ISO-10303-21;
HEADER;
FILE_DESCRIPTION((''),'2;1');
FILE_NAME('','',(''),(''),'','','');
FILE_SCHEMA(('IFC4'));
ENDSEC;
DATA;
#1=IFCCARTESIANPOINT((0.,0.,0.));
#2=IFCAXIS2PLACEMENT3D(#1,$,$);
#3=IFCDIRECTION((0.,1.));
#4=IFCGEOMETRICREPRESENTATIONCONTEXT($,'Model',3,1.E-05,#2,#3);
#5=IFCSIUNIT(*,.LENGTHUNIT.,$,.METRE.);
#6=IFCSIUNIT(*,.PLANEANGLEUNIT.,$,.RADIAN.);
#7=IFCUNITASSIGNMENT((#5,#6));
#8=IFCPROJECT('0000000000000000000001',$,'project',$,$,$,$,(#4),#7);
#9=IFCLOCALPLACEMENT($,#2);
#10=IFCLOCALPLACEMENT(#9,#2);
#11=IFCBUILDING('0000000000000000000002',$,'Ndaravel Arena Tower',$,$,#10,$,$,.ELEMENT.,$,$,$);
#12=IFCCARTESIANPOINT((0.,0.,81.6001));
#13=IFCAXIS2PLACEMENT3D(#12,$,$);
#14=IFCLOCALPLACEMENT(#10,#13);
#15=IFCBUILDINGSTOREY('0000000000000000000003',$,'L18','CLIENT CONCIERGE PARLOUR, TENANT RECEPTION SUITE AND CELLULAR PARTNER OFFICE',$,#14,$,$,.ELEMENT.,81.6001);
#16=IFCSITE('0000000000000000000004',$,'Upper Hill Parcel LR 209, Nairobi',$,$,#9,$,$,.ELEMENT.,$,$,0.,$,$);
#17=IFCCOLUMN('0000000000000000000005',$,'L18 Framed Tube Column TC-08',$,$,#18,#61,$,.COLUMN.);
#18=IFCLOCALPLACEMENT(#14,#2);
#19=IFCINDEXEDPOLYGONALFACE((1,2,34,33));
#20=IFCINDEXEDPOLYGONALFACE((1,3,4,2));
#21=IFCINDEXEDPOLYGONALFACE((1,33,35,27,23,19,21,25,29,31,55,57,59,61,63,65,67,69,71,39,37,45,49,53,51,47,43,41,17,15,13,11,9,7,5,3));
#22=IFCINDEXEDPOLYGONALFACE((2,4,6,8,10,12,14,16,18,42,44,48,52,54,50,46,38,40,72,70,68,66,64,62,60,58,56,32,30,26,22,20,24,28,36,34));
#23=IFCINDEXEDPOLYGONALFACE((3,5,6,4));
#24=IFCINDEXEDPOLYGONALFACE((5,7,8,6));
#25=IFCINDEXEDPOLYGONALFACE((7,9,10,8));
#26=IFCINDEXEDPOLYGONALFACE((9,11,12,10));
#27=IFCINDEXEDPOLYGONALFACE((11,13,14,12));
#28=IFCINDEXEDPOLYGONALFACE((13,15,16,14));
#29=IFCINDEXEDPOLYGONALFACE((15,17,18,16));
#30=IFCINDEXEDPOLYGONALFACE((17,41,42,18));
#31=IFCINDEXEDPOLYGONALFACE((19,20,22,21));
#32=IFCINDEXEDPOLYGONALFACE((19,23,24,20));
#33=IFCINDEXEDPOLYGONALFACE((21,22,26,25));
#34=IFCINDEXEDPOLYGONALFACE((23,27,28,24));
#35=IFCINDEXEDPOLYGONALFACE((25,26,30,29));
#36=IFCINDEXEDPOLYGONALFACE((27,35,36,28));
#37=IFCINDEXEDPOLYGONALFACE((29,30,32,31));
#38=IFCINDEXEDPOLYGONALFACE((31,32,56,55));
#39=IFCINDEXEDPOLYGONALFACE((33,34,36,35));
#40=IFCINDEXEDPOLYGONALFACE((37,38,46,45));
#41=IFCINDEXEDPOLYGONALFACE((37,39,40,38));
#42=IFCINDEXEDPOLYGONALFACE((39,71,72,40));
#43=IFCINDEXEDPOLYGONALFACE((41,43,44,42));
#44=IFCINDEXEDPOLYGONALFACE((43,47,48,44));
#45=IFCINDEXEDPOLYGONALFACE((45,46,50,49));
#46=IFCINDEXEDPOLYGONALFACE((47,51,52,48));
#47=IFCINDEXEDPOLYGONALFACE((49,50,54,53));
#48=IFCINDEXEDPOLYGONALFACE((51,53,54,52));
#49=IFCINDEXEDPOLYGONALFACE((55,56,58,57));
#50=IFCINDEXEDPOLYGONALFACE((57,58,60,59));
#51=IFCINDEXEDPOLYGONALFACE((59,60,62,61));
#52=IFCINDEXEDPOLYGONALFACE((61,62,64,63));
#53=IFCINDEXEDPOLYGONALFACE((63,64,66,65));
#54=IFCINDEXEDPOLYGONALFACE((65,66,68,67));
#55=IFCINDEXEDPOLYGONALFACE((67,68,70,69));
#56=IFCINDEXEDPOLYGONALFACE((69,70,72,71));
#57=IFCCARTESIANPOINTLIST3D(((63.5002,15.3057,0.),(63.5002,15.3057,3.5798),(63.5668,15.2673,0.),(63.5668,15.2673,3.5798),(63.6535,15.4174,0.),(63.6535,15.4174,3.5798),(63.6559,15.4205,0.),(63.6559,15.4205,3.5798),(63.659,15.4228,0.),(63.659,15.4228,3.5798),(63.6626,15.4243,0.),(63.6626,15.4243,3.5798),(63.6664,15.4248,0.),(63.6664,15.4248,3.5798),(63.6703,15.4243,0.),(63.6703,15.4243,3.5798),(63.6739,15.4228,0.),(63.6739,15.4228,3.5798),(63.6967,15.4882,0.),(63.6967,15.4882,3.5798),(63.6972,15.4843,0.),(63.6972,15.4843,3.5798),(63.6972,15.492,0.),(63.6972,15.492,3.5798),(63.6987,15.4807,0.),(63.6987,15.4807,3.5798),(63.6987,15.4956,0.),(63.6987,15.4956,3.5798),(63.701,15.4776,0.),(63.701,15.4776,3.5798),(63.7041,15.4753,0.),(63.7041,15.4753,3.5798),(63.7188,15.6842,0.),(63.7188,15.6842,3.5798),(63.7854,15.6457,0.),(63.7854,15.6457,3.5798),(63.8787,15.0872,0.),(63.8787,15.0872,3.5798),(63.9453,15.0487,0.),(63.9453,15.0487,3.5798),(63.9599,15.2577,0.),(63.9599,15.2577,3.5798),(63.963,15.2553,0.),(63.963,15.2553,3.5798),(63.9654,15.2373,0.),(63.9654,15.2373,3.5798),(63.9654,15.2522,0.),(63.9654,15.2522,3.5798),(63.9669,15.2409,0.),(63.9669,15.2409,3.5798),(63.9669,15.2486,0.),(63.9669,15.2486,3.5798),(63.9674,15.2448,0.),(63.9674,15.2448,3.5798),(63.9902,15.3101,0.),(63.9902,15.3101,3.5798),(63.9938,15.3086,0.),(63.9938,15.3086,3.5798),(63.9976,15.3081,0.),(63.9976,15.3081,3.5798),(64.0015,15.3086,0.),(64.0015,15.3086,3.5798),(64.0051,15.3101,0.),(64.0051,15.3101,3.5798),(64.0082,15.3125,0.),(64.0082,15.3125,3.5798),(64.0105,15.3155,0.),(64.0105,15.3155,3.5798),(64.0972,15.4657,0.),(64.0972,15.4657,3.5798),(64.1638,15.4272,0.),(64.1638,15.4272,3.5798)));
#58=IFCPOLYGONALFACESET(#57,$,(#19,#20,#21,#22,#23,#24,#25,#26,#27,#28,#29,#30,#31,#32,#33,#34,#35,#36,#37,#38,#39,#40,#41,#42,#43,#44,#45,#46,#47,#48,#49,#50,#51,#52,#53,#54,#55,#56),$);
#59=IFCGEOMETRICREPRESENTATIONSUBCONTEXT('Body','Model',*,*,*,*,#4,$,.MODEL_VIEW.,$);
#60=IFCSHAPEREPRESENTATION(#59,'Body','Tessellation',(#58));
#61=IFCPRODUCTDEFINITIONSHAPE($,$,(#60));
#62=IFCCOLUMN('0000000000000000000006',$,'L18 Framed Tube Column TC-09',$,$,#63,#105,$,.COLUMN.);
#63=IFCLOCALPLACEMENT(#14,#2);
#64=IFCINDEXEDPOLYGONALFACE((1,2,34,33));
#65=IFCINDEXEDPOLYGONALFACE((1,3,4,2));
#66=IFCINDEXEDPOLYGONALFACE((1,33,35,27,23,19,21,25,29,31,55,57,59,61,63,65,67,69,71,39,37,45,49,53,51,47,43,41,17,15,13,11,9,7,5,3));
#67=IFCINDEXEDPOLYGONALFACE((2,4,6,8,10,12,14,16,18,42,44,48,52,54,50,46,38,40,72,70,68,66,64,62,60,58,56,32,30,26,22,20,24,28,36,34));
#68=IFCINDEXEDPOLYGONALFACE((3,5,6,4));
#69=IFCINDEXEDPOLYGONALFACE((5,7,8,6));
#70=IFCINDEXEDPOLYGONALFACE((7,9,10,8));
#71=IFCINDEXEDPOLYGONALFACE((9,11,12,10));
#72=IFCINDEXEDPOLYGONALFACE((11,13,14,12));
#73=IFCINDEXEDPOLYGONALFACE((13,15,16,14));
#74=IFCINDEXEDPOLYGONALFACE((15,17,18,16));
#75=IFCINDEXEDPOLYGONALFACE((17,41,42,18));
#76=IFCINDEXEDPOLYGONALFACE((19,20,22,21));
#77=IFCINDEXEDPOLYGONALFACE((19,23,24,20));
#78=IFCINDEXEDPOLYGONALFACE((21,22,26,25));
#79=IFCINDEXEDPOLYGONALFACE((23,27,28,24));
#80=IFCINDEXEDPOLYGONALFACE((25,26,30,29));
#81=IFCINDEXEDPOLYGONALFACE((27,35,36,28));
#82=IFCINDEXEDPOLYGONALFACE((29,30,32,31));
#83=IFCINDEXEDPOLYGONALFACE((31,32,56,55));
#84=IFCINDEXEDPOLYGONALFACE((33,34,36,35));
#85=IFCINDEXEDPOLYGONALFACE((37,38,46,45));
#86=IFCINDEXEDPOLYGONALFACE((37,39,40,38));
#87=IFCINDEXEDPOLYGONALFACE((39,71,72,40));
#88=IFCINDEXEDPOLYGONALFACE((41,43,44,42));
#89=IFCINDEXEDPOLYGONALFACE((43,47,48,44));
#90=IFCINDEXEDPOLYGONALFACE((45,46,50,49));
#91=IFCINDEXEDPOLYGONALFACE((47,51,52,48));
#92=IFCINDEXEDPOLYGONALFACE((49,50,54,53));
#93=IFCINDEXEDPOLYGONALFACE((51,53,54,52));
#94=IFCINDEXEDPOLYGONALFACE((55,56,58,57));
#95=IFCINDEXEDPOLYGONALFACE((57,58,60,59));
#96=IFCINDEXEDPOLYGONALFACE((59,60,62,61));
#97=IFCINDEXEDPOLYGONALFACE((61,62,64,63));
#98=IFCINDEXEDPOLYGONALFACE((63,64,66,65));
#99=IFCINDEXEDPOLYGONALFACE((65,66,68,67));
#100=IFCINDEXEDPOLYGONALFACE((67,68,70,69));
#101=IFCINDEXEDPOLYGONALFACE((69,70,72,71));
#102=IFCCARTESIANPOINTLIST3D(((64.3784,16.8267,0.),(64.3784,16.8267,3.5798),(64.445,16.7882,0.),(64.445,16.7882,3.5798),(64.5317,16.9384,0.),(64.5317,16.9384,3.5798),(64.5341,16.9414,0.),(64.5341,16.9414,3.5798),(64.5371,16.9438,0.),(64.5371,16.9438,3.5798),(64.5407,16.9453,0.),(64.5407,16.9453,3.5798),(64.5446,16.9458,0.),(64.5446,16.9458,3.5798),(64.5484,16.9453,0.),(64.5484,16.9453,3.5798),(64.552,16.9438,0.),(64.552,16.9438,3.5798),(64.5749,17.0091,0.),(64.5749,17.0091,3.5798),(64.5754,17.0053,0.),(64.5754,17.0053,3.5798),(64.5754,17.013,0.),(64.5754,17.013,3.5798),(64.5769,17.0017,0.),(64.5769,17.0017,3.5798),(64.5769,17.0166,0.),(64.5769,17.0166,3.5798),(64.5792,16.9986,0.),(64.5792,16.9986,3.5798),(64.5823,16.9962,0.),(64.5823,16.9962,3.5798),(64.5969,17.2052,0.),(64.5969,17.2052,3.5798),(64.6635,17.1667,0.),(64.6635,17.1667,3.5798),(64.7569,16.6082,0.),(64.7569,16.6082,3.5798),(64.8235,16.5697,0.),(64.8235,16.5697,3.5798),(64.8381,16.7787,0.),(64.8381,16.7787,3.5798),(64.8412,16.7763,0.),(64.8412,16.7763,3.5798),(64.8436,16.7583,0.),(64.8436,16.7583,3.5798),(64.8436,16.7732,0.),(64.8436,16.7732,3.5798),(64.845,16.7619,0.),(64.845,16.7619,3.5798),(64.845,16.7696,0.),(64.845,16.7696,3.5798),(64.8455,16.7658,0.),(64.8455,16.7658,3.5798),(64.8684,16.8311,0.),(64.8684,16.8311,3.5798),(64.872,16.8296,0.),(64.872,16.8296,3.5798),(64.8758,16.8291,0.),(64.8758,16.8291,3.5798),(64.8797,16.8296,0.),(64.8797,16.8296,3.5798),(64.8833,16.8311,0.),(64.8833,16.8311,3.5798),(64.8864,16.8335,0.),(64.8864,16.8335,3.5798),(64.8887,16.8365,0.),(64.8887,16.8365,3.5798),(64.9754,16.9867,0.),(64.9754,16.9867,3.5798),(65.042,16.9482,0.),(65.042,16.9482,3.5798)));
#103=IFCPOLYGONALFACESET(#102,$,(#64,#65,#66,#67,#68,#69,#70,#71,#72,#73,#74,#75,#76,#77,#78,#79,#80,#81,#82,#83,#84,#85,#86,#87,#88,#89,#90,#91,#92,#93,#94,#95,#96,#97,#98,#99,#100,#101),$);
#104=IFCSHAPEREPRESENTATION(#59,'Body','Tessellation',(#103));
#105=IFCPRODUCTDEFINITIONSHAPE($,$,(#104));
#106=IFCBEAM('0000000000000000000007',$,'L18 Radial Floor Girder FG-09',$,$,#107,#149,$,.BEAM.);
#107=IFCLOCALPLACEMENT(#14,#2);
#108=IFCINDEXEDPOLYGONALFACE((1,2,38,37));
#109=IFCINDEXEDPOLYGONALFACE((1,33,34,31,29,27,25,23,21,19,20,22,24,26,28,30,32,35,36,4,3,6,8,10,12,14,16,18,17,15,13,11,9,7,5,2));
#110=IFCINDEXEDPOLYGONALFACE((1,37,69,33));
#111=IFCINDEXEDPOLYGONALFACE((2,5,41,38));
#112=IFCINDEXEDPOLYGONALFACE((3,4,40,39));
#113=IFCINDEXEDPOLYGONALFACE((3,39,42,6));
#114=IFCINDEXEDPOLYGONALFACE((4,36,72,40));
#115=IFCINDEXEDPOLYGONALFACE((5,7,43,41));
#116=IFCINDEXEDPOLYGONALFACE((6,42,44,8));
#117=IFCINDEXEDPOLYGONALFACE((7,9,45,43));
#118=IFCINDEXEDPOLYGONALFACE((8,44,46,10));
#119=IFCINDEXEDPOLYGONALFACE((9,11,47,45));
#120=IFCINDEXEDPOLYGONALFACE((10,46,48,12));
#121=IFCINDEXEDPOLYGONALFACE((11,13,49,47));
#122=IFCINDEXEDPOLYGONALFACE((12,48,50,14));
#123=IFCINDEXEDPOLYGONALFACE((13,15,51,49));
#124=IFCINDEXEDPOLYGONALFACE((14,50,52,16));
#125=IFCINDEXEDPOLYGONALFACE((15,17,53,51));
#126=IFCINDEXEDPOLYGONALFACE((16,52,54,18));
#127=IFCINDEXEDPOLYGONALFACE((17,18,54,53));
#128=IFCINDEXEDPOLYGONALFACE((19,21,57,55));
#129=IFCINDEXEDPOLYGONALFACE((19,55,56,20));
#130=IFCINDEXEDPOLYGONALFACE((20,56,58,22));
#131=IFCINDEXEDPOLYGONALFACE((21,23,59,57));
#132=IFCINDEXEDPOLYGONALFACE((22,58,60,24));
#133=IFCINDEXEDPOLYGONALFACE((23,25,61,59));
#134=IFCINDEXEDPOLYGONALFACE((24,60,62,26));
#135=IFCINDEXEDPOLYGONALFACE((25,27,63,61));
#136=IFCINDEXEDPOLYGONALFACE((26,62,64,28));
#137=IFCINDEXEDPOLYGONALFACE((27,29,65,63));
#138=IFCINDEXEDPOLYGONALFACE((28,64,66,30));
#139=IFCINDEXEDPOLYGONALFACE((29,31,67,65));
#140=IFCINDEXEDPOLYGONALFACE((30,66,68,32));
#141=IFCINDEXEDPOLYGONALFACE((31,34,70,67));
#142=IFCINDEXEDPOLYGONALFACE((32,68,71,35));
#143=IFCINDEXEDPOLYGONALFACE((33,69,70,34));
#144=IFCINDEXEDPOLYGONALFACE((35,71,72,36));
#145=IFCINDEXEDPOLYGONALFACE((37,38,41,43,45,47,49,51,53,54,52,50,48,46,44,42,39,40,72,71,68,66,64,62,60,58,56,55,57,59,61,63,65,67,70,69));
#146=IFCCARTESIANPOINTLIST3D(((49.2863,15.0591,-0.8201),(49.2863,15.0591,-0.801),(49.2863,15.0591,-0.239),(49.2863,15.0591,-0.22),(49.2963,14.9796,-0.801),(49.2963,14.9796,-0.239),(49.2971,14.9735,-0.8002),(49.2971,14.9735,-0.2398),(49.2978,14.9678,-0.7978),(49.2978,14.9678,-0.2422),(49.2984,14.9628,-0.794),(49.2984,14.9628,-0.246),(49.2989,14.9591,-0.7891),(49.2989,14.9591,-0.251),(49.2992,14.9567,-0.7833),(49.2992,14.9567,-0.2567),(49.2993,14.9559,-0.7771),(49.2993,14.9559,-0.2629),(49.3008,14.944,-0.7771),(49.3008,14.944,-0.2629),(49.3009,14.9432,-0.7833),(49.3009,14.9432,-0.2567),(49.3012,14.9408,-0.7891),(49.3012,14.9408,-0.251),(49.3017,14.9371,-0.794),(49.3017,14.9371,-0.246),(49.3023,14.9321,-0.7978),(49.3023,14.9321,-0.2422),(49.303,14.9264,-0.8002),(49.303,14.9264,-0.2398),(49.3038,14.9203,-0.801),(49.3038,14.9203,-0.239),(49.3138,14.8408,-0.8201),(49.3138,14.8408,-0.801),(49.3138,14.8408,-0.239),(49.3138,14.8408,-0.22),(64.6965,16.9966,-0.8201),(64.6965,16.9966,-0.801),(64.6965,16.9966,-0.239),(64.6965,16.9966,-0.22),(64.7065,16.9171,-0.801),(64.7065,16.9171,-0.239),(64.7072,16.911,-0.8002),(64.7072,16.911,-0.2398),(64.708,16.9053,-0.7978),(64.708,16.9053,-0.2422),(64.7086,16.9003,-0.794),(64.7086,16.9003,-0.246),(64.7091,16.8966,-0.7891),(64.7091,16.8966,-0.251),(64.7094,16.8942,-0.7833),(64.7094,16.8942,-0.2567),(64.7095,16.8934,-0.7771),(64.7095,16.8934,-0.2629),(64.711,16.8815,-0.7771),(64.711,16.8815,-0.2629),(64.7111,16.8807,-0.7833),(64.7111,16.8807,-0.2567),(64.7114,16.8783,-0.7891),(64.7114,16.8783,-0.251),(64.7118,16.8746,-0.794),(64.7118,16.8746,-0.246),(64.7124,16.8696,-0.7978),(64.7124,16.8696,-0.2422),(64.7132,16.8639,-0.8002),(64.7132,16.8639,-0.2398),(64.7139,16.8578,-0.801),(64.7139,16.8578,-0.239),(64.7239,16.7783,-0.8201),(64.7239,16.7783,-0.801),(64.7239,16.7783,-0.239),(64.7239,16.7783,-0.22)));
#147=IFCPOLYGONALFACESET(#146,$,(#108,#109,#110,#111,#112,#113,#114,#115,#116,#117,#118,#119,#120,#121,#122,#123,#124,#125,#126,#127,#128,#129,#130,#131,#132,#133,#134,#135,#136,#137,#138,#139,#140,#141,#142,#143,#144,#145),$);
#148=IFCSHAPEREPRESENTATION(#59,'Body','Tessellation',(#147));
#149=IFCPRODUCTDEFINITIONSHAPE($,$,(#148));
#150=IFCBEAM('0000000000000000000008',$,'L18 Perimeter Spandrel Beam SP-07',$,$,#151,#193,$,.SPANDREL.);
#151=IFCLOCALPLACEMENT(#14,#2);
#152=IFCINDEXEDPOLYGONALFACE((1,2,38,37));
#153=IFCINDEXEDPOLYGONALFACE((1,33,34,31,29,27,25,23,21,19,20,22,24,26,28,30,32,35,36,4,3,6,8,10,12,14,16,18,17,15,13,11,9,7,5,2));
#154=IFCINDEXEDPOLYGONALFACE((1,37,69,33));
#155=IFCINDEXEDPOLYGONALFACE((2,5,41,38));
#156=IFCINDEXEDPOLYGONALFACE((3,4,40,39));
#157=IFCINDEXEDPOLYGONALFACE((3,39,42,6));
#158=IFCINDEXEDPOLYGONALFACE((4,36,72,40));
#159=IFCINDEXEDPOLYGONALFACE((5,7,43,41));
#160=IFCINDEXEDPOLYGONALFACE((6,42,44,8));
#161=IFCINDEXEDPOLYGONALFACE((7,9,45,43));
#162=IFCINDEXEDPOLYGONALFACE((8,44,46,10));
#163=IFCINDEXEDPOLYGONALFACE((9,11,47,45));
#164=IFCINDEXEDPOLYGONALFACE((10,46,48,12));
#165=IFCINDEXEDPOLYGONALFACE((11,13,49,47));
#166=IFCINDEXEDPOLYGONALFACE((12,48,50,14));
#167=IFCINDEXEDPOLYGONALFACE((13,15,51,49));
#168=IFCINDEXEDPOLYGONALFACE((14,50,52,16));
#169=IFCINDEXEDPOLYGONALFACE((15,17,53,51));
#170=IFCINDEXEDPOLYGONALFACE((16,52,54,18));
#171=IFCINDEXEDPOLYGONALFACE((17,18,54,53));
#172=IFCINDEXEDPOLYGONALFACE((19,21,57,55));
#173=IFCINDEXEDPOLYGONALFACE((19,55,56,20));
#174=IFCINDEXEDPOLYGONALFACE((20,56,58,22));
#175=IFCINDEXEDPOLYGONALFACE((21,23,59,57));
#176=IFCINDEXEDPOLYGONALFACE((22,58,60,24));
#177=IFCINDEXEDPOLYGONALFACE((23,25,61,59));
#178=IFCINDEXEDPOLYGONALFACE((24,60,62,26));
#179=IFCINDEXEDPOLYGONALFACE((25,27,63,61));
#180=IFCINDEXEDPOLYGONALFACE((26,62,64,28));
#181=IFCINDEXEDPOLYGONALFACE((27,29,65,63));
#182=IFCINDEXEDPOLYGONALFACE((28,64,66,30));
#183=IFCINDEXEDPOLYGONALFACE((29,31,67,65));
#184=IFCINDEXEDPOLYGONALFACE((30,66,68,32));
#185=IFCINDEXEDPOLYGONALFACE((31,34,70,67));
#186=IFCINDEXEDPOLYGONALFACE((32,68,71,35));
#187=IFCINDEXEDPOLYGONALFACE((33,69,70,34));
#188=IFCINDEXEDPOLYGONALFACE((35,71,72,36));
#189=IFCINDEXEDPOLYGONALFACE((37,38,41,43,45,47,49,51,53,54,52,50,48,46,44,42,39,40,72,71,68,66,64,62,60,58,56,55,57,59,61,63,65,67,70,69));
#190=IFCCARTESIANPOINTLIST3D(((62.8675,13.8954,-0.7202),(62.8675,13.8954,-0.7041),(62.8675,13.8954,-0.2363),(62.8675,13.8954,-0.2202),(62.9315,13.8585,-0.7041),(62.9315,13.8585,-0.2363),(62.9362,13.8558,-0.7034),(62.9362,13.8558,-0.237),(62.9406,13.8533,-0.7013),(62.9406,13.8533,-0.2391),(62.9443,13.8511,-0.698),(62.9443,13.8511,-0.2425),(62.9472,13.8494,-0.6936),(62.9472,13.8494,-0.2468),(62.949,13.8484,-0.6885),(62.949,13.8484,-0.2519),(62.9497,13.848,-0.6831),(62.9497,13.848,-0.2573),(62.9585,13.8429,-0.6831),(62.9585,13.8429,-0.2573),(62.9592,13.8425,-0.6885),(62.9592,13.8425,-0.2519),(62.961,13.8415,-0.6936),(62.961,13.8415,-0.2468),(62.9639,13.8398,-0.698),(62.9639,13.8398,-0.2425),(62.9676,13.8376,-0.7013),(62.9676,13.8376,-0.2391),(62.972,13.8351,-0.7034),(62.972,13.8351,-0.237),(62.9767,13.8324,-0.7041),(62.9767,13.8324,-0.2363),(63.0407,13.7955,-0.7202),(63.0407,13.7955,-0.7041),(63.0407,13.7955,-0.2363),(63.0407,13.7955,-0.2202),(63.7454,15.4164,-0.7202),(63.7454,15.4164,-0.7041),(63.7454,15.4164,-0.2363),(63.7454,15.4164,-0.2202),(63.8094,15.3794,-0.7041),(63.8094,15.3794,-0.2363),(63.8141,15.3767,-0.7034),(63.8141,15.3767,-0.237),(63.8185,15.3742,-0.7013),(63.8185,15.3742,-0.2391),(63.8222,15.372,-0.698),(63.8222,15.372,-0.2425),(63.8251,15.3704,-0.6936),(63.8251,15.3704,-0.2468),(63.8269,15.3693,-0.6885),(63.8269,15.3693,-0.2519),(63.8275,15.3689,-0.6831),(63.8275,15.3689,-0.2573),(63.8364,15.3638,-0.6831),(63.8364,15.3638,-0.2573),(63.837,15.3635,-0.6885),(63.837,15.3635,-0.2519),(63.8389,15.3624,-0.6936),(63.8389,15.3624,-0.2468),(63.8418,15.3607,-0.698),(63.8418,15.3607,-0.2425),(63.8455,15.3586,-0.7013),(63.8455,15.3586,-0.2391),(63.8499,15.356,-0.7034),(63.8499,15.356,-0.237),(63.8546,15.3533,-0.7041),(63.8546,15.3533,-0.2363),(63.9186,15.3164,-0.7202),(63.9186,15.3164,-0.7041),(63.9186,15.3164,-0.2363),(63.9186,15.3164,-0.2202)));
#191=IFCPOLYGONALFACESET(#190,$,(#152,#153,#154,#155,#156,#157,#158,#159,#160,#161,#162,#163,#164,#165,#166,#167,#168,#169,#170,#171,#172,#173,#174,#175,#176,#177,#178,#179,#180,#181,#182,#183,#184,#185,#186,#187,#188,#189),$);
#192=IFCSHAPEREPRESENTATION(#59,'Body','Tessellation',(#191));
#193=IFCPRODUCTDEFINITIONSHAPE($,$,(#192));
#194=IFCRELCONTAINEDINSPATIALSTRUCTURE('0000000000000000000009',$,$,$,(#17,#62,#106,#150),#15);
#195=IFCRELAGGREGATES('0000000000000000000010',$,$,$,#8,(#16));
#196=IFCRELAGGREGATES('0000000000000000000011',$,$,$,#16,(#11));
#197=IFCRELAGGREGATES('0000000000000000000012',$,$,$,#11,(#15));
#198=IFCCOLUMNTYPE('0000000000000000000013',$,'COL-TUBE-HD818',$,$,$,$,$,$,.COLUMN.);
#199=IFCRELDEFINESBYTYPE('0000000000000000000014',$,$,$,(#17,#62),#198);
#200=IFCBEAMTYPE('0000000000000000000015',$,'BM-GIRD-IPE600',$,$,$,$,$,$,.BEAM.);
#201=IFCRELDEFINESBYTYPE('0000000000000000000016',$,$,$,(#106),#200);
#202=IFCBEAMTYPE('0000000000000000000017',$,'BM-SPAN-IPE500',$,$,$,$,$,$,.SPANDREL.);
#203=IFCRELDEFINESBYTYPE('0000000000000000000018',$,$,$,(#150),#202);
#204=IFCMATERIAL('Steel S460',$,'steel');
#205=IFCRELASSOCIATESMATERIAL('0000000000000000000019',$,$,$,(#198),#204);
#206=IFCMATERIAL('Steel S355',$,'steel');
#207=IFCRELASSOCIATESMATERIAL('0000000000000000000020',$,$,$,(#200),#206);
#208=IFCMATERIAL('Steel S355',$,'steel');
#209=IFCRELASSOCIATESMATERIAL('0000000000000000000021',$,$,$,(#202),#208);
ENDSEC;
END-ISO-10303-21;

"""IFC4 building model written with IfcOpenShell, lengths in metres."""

from ifc_helpers import new_model, si_unit, direction, frame, origin, origin_2d, place, context, subcontext, project, spatial, i_section, extrude, material, material_profile, profile_set, type_object, element, save


model = new_model("IFC4")

# Units and contexts
model_context = context("Model", 3, precision=1e-05, world=origin(), true_north=direction((0.0, 1.0)))
body_context = subcontext(model_context, "Body", "Model", "MODEL_VIEW")
ifc_project = project(units=[si_unit("LENGTHUNIT", "METRE"), si_unit("PLANEANGLEUNIT", "RADIAN")], contexts=[model_context])

# Site, building, storey
site_placement = place(None, origin())
site = spatial("IfcSite", under=ifc_project, at=site_placement, Name="Upper Hill Parcel LR 209, Nairobi", CompositionType="ELEMENT", RefElevation=0.0)
building_placement = place(site_placement, origin())
building = spatial("IfcBuilding", under=site, at=building_placement, Name="Ndaravel Arena Tower", CompositionType="ELEMENT")
storey_placement = place(building_placement, frame((0.0, 0.0, 81.6001)))
storey = spatial("IfcBuildingStorey", under=building, at=storey_placement, Name="L18", Description="CLIENT CONCIERGE PARLOUR, TENANT RECEPTION SUITE AND CELLULAR PARTNER OFFICE", CompositionType="ELEMENT", Elevation=81.6001)

# Columns
ifc_material_1 = material(Name="Steel S460", Category="steel")
ifc_material_profile_1 = material_profile(ifc_material_1, i_section(OverallWidth=0.437, OverallDepth=0.5139, WebThickness=0.0605, FlangeThickness=0.0769, FilletRadius=0.0149, at=origin_2d()), Name="HD 400x818")
ifc_profile_set_1 = profile_set([ifc_material_profile_1], Name="Steel S460")
column_type = type_object("IfcColumnType", Name="COL-TUBE-HD818", PredefinedType="COLUMN", material=ifc_profile_set_1)
for number, where, z_axis, x_axis, name in (
    (1, (63.832, 15.3665, 0.0), (0.0, 0.0, 1.0), (0.5, 0.866025, 0.0), "L18 Framed Tube Column TC-08"),
    (2, (64.7102, 16.8875, 0.0), (0.0, 0.0, 1.0), (0.5, 0.866025, 0.0), "L18 Framed Tube Column TC-09"),
):
    element("IfcColumn", number, at=place(storey_placement, frame(where, z_axis=z_axis, x_axis=x_axis)), inside=storey, type_object=column_type, Name=name, PredefinedType="COLUMN", context=body_context, shape_type="SweptSolid", body=[
        extrude(i_section(OverallWidth=0.437, OverallDepth=0.5139, WebThickness=0.0605, FlangeThickness=0.0769, FilletRadius=0.0149, at=origin_2d()), origin(), (0.0, 0.0, 1.0), 3.5798),
    ])

# Beams
ifc_material_2 = material(Name="Steel S355", Category="steel")
ifc_material_profile_2 = material_profile(ifc_material_2, i_section(OverallWidth=0.22, OverallDepth=0.6001, WebThickness=0.012, FlangeThickness=0.019, FilletRadius=0.0239, at=origin_2d()), Name="IPE 600")
ifc_profile_set_2 = profile_set([ifc_material_profile_2], Name="Steel S355")
beam_type_1 = type_object("IfcBeamType", Name="BM-GIRD-IPE600", PredefinedType="BEAM", material=ifc_profile_set_2)
beam_1_placement = place(storey_placement, frame((64.7102, 16.8875, -0.52), z_axis=(-0.992189, -0.124747, 0.0), x_axis=(0.124747, -0.992189, 0.0)))
element("IfcBeam", 3, at=beam_1_placement, inside=storey, type_object=beam_type_1, Name="L18 Radial Floor Girder FG-09", PredefinedType="BEAM", context=body_context, shape_type="SweptSolid", body=[
    extrude(i_section(OverallWidth=0.22, OverallDepth=0.6001, WebThickness=0.012, FlangeThickness=0.019, FilletRadius=0.0239, at=origin_2d()), origin(), (0.0, 0.0, 1.0), 15.5315),
])
ifc_material_3 = material(Name="Steel S355", Category="steel")
ifc_material_profile_3 = material_profile(ifc_material_3, i_section(OverallWidth=0.2, OverallDepth=0.5, WebThickness=0.0103, FlangeThickness=0.0161, FilletRadius=0.021, at=origin_2d()), Name="IPE 500")
ifc_profile_set_3 = profile_set([ifc_material_profile_3], Name="Steel S355")
beam_type_2 = type_object("IfcBeamType", Name="BM-SPAN-IPE500", PredefinedType="SPANDREL", material=ifc_profile_set_3)
beam_2_placement = place(storey_placement, frame((62.9541, 13.8455, -0.4702), z_axis=(0.499907, 0.866079, 0.0), x_axis=(-0.866079, 0.499907, 0.0)))
element("IfcBeam", 4, at=beam_2_placement, inside=storey, type_object=beam_type_2, Name="L18 Perimeter Spandrel Beam SP-07", PredefinedType="SPANDREL", context=body_context, shape_type="SweptSolid", body=[
    extrude(i_section(OverallWidth=0.2, OverallDepth=0.5, WebThickness=0.0103, FlangeThickness=0.0161, FilletRadius=0.021, at=origin_2d()), origin(), (0.0, 0.0, 1.0), 1.7561),
])

save(model, "model.ifc")
